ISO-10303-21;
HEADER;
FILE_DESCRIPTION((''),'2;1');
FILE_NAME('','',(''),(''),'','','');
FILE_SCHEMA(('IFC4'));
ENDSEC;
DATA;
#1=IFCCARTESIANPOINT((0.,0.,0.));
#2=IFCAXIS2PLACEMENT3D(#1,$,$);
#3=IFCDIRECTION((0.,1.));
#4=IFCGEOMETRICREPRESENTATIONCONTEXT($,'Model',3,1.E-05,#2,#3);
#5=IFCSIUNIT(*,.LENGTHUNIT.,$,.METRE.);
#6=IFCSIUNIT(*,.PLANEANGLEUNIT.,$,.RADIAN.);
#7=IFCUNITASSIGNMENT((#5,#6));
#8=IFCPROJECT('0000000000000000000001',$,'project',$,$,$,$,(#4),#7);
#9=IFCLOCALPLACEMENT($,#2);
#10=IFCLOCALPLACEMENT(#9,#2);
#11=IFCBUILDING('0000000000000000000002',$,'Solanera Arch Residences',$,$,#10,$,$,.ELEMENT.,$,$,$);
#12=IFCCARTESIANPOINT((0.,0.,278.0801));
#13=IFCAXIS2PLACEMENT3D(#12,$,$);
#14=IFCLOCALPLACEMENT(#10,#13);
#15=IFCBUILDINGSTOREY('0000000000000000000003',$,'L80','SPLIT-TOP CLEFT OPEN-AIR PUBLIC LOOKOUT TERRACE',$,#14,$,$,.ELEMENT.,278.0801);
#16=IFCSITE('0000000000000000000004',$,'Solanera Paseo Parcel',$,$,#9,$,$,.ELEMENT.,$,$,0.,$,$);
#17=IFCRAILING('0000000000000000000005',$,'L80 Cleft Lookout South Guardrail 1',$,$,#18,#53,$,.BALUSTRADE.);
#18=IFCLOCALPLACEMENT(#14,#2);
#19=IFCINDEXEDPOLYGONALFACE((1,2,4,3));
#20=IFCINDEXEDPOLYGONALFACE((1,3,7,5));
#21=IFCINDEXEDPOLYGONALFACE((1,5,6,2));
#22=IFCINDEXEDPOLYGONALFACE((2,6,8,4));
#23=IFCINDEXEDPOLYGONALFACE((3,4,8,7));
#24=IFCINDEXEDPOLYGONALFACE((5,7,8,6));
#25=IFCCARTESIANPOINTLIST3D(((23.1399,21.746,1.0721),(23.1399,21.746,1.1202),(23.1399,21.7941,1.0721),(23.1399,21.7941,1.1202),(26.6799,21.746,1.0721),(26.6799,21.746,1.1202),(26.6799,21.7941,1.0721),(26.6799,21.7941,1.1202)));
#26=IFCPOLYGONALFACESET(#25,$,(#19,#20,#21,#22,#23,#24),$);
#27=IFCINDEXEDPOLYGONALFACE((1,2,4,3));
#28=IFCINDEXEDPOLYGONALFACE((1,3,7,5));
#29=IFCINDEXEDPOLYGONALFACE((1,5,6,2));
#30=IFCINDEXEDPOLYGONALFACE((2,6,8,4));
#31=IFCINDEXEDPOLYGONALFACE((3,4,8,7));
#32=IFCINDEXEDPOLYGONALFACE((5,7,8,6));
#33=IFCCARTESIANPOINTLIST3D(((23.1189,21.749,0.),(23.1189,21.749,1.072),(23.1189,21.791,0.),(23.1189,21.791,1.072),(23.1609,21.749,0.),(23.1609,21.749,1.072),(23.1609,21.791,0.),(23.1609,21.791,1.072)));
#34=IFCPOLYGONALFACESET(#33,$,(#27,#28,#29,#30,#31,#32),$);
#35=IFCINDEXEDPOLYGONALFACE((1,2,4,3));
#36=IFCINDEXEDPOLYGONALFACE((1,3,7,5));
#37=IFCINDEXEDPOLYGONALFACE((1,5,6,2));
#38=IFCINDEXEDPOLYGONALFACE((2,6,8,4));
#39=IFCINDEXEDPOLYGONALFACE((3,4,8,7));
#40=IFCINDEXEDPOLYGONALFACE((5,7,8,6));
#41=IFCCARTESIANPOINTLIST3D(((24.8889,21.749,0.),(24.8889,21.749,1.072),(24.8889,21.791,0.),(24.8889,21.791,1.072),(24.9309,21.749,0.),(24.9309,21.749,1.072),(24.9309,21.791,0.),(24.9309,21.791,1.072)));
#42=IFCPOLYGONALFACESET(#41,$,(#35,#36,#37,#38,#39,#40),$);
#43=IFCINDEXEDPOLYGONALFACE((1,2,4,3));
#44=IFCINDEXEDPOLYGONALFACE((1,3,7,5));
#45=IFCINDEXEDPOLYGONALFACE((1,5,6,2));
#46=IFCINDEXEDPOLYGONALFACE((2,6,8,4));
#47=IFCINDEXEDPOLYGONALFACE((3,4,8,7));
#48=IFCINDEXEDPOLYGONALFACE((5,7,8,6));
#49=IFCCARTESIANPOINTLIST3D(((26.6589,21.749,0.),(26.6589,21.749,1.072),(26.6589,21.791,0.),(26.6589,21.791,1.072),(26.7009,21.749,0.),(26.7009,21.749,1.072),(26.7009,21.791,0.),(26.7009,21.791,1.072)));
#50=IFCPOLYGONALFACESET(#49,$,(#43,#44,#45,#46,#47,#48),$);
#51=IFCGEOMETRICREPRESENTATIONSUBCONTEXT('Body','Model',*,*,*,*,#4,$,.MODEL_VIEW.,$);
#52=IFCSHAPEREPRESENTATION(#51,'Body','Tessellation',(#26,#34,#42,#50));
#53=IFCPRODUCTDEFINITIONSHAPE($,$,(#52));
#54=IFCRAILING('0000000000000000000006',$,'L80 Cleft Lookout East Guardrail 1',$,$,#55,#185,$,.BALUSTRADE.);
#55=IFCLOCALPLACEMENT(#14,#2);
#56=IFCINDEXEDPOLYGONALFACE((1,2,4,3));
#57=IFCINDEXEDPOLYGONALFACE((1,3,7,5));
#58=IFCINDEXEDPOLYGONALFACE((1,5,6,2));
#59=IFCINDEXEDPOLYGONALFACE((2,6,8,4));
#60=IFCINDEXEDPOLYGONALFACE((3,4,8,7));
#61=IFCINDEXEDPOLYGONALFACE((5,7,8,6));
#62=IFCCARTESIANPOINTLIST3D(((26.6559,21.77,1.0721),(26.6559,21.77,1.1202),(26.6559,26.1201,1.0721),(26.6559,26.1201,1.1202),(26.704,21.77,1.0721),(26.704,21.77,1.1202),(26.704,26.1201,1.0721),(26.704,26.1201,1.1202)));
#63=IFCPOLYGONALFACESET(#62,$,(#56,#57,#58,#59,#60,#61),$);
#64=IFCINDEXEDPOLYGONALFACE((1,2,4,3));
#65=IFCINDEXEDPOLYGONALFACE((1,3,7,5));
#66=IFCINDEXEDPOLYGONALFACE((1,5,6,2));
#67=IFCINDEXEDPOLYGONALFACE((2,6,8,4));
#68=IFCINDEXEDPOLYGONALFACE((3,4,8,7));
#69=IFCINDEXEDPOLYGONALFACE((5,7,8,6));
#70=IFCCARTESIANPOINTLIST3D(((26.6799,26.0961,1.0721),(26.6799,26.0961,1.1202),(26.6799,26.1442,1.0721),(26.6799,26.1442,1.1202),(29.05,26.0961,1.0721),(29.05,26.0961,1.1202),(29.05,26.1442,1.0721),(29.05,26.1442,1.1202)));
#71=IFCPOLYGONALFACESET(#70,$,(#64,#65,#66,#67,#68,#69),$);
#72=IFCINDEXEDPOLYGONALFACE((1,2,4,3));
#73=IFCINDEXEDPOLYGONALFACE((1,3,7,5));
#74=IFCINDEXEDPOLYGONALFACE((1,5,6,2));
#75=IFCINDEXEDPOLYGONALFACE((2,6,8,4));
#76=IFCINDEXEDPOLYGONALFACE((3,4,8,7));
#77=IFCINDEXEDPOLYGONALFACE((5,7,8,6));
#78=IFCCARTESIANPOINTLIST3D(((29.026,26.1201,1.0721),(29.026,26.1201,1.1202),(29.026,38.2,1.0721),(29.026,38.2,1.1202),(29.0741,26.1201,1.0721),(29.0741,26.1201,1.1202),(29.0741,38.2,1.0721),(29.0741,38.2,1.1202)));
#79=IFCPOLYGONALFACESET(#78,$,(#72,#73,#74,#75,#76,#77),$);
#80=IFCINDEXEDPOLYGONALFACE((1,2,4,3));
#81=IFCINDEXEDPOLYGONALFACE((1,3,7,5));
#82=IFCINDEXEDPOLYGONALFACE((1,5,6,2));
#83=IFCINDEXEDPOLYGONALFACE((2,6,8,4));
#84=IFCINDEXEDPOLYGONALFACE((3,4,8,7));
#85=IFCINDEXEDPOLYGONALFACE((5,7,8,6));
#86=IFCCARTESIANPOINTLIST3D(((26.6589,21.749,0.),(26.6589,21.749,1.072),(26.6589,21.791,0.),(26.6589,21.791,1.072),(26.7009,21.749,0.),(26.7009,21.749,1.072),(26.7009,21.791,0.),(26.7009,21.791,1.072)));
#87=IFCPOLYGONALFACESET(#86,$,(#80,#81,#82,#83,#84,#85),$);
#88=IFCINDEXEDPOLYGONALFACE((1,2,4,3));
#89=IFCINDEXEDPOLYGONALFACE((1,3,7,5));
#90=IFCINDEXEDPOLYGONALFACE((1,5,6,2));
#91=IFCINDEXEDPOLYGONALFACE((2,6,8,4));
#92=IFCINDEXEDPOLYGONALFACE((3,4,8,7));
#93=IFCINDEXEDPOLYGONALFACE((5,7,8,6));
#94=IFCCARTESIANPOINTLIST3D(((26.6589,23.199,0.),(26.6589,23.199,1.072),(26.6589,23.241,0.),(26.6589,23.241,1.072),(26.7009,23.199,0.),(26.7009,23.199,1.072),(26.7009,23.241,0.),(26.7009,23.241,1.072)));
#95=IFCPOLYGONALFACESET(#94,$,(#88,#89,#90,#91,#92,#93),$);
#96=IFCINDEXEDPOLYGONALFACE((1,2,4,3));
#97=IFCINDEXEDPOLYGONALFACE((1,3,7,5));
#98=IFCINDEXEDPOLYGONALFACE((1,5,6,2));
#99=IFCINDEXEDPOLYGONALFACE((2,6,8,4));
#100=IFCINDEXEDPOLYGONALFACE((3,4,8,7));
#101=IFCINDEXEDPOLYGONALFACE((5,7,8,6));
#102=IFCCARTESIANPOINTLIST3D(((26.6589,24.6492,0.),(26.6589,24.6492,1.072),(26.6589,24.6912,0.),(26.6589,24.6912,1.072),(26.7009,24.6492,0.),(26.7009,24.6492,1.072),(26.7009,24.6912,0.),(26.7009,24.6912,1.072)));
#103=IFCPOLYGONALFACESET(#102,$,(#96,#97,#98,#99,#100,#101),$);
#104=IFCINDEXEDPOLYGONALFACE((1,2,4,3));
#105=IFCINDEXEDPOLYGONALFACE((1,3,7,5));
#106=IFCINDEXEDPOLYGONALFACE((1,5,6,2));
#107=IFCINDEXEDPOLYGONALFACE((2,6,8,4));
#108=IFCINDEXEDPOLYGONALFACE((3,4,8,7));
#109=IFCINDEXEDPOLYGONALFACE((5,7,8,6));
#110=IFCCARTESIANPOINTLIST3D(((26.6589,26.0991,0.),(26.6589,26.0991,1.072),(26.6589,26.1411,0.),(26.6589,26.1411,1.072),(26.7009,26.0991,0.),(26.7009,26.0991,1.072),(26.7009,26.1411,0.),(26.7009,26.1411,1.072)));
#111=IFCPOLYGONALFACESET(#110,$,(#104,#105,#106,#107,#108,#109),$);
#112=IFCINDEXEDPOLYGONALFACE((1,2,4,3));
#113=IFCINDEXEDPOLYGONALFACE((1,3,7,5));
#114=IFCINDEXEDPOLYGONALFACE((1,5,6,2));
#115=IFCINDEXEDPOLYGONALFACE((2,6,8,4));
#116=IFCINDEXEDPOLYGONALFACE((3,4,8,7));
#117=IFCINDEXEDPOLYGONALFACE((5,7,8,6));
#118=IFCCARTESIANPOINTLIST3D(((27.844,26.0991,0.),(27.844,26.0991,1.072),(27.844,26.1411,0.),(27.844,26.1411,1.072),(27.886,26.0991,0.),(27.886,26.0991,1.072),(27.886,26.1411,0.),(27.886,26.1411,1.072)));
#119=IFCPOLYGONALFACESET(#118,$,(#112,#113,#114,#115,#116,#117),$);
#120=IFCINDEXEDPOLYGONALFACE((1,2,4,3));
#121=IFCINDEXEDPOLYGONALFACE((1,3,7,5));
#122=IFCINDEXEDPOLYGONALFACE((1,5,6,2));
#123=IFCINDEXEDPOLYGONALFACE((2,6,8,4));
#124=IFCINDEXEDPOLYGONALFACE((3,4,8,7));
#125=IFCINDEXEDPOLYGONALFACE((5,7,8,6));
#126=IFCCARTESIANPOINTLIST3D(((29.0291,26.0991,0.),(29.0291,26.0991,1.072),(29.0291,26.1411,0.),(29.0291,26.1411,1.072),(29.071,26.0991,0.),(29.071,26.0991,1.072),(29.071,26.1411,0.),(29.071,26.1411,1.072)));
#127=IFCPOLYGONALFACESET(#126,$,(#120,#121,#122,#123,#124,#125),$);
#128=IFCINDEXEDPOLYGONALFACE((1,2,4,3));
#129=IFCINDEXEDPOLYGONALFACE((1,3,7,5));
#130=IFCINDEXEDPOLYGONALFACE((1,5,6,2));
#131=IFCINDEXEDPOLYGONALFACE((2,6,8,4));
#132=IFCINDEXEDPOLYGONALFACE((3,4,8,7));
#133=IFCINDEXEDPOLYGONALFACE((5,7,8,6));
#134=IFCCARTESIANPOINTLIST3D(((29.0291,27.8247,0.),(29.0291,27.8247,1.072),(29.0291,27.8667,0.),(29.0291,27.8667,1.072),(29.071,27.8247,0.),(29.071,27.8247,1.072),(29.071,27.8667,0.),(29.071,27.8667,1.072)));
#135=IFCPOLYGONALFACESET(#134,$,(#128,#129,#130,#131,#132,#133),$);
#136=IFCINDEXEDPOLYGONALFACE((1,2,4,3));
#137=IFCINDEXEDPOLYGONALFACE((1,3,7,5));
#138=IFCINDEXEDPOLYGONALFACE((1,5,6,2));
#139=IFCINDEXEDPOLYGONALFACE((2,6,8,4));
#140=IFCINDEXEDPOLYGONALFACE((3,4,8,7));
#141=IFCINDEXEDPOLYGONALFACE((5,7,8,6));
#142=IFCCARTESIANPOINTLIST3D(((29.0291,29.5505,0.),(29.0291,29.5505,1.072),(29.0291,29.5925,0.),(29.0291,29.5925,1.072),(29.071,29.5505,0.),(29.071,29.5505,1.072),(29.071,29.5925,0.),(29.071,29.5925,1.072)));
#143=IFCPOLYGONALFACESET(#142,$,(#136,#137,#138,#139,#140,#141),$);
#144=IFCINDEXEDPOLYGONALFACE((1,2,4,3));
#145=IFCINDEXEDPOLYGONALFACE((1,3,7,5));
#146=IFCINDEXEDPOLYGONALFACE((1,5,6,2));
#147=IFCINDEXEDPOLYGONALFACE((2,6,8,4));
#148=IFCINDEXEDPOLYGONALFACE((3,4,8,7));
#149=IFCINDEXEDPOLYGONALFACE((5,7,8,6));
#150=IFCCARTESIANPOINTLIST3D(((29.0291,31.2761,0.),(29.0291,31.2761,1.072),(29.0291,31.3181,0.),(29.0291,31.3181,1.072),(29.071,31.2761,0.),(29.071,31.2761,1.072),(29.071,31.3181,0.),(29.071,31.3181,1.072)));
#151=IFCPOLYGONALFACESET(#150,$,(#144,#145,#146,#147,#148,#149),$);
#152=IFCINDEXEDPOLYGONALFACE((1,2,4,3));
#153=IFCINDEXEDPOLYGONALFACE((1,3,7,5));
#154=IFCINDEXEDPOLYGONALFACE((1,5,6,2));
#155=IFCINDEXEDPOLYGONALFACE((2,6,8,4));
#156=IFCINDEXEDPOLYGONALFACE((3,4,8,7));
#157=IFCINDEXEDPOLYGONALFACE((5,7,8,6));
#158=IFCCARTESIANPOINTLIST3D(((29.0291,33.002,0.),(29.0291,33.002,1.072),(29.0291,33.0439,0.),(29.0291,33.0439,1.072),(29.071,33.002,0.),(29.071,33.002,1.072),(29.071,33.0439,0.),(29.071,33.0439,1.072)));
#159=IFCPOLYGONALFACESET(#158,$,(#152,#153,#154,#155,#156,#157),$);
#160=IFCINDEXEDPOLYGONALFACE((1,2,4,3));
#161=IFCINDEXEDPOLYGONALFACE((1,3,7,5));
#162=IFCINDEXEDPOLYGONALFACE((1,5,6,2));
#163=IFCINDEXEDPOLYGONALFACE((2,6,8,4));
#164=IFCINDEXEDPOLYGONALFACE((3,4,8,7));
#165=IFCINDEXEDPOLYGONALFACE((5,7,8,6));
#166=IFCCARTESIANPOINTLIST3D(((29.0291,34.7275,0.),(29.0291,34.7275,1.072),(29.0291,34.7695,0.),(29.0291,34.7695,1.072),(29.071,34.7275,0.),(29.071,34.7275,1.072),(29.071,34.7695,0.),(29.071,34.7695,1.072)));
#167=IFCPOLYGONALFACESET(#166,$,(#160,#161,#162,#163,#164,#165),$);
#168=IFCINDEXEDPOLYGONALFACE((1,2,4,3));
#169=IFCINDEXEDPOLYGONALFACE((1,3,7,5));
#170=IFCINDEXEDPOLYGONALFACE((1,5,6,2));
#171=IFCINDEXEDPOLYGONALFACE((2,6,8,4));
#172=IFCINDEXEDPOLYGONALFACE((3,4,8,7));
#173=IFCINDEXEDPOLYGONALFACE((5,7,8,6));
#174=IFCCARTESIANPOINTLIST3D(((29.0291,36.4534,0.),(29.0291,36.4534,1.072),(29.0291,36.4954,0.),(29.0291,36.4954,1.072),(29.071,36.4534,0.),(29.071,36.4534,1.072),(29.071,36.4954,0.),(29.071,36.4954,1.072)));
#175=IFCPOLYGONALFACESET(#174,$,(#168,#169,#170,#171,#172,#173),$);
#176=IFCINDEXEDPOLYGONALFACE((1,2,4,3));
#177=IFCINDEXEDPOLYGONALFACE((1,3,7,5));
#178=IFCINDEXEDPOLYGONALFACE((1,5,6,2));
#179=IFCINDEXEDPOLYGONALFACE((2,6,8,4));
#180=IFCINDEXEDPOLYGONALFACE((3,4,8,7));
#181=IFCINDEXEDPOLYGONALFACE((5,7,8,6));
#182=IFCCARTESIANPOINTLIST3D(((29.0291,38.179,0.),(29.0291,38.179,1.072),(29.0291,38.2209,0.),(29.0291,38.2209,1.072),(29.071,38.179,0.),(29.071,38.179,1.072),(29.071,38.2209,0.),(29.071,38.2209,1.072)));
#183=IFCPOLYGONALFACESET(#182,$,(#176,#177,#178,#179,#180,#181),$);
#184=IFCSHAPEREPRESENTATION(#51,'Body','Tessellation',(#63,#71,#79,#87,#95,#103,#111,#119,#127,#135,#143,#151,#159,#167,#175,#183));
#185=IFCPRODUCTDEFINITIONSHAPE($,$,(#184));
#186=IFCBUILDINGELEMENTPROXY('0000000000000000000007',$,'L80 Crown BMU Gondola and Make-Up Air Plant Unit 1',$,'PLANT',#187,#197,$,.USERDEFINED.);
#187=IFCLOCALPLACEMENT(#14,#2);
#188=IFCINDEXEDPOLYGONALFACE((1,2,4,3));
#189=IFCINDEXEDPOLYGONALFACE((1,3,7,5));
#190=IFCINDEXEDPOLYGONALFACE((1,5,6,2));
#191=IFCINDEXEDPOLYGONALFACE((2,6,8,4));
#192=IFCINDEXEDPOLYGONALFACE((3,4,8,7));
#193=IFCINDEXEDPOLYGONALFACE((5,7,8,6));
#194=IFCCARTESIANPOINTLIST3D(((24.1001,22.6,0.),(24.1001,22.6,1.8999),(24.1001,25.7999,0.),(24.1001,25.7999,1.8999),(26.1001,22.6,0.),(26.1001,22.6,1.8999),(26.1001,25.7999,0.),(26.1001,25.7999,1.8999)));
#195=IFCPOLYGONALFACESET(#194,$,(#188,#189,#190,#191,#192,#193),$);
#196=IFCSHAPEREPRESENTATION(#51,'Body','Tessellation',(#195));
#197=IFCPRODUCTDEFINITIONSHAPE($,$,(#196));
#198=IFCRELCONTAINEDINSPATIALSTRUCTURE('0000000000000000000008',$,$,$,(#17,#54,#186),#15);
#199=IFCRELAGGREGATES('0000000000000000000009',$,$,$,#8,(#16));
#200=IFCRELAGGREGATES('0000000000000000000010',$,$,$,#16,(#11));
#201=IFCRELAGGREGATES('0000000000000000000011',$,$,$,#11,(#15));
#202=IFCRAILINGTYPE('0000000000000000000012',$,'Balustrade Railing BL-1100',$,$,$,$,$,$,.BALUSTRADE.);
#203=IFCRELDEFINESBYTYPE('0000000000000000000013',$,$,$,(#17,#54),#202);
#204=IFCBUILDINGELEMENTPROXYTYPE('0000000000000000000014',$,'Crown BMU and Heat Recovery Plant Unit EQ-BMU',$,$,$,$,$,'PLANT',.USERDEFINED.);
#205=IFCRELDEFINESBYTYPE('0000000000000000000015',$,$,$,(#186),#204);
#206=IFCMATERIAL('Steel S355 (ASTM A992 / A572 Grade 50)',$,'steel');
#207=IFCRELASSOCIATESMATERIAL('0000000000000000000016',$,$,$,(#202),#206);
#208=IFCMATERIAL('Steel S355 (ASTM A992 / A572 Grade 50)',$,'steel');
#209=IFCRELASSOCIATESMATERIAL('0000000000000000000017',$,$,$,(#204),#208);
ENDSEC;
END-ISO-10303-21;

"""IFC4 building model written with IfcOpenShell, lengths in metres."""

from ifc_helpers import new_model, si_unit, direction, frame, origin, origin_2d, place, context, subcontext, project, spatial, rectangle, extrude, material, type_object, element, save


model = new_model("IFC4")

# Units and contexts
model_context = context("Model", 3, precision=1e-05, world=origin(), true_north=direction((0.0, 1.0)))
body_context = subcontext(model_context, "Body", "Model", "MODEL_VIEW")
ifc_project = project(units=[si_unit("LENGTHUNIT", "METRE"), si_unit("PLANEANGLEUNIT", "RADIAN")], contexts=[model_context])

# Site, building, storey
site_placement = place(None, origin())
site = spatial("IfcSite", under=ifc_project, at=site_placement, Name="Solanera Paseo Parcel", CompositionType="ELEMENT", RefElevation=0.0)
building_placement = place(site_placement, origin())
building = spatial("IfcBuilding", under=site, at=building_placement, Name="Solanera Arch Residences", CompositionType="ELEMENT")
storey_placement = place(building_placement, frame((0.0, 0.0, 278.0801)))
storey = spatial("IfcBuildingStorey", under=building, at=storey_placement, Name="L80", Description="SPLIT-TOP CLEFT OPEN-AIR PUBLIC LOOKOUT TERRACE", CompositionType="ELEMENT", Elevation=278.0801)

# Railings
ifc_material_1 = material(Name="Steel S355 (ASTM A992 / A572 Grade 50)", Category="steel")
railing_type = type_object("IfcRailingType", Name="Balustrade Railing BL-1100", PredefinedType="BALUSTRADE", material=ifc_material_1)
railing_1_placement = place(storey_placement, frame((23.1399, 21.77, 0.0)))
element("IfcRailing", 1, at=railing_1_placement, inside=storey, type_object=railing_type, Name="L80 Cleft Lookout South Guardrail 1", PredefinedType="BALUSTRADE", context=body_context, shape_type="SweptSolid", body=[
    extrude(rectangle(XDim=0.0481, YDim=0.0481, at=origin_2d()), frame((0.0, 0.0, 1.0962), z_axis=(1.0, 0.0, 0.0), x_axis=(0.0, 1.0, 0.0)), (0.0, 0.0, 1.0), 3.54),
    extrude(rectangle(XDim=0.042, YDim=0.042, at=origin_2d()), origin(), (0.0, 0.0, 1.0), 1.072),
    extrude(rectangle(XDim=0.042, YDim=0.042, at=origin_2d()), frame((1.77, 0.0, 0.0)), (0.0, 0.0, 1.0), 1.072),
    extrude(rectangle(XDim=0.042, YDim=0.042, at=origin_2d()), frame((3.54, 0.0, 0.0)), (0.0, 0.0, 1.0), 1.072),
])
railing_2_placement = place(storey_placement, frame((26.6799, 21.77, 0.0)))
element("IfcRailing", 2, at=railing_2_placement, inside=storey, type_object=railing_type, Name="L80 Cleft Lookout East Guardrail 1", PredefinedType="BALUSTRADE", context=body_context, shape_type="SweptSolid", body=[
    extrude(rectangle(XDim=0.0481, YDim=0.0481, at=origin_2d()), frame((0.0, 0.0, 1.0962), z_axis=(0.0, 1.0, 0.0), x_axis=(-1.0, 0.0, 0.0)), (0.0, 0.0, 1.0), 4.3501),
    extrude(rectangle(XDim=0.0481, YDim=0.0481, at=origin_2d()), frame((0.0, 4.3501, 1.0962), z_axis=(1.0, 0.0, 0.0), x_axis=(0.0, 1.0, 0.0)), (0.0, 0.0, 1.0), 2.3701),
    extrude(rectangle(XDim=0.0481, YDim=0.0481, at=origin_2d()), frame((2.3701, 4.3501, 1.0962), z_axis=(0.0, 1.0, 0.0), x_axis=(-1.0, 0.0, 0.0)), (0.0, 0.0, 1.0), 12.0798),
    extrude(rectangle(XDim=0.042, YDim=0.042, at=origin_2d()), origin(), (0.0, 0.0, 1.0), 1.072),
    extrude(rectangle(XDim=0.042, YDim=0.042, at=origin_2d()), frame((0.0, 1.45, 0.0)), (0.0, 0.0, 1.0), 1.072),
    extrude(rectangle(XDim=0.042, YDim=0.042, at=origin_2d()), frame((0.0, 2.9001, 0.0)), (0.0, 0.0, 1.0), 1.072),
    extrude(rectangle(XDim=0.042, YDim=0.042, at=origin_2d()), frame((0.0, 4.3501, 0.0)), (0.0, 0.0, 1.0), 1.072),
    extrude(rectangle(XDim=0.042, YDim=0.042, at=origin_2d()), frame((1.1851, 4.3501, 0.0)), (0.0, 0.0, 1.0), 1.072),
    extrude(rectangle(XDim=0.042, YDim=0.042, at=origin_2d()), frame((2.3701, 4.3501, 0.0)), (0.0, 0.0, 1.0), 1.072),
    extrude(rectangle(XDim=0.042, YDim=0.042, at=origin_2d()), frame((2.3701, 6.0757, 0.0)), (0.0, 0.0, 1.0), 1.072),
    extrude(rectangle(XDim=0.042, YDim=0.042, at=origin_2d()), frame((2.3701, 7.8015, 0.0)), (0.0, 0.0, 1.0), 1.072),
    extrude(rectangle(XDim=0.042, YDim=0.042, at=origin_2d()), frame((2.3701, 9.5271, 0.0)), (0.0, 0.0, 1.0), 1.072),
    extrude(rectangle(XDim=0.042, YDim=0.042, at=origin_2d()), frame((2.3701, 11.2529, 0.0)), (0.0, 0.0, 1.0), 1.072),
    extrude(rectangle(XDim=0.042, YDim=0.042, at=origin_2d()), frame((2.3701, 12.9785, 0.0)), (0.0, 0.0, 1.0), 1.072),
    extrude(rectangle(XDim=0.042, YDim=0.042, at=origin_2d()), frame((2.3701, 14.7043, 0.0)), (0.0, 0.0, 1.0), 1.072),
    extrude(rectangle(XDim=0.042, YDim=0.042, at=origin_2d()), frame((2.3701, 16.4299, 0.0)), (0.0, 0.0, 1.0), 1.072),
])

# Building element proxy
ifc_material_2 = material(Name="Steel S355 (ASTM A992 / A572 Grade 50)", Category="steel")
building_element_proxy_type = type_object("IfcBuildingElementProxyType", Name="Crown BMU and Heat Recovery Plant Unit EQ-BMU", ElementType="PLANT", PredefinedType="USERDEFINED", material=ifc_material_2)
proxy_placement = place(storey_placement, frame((25.1001, 24.2, 0.0), z_axis=(0.0, 0.0, 1.0), x_axis=(1.0, 0.0, 0.0)))
element("IfcBuildingElementProxy", 3, at=proxy_placement, inside=storey, type_object=building_element_proxy_type, Name="L80 Crown BMU Gondola and Make-Up Air Plant Unit 1", ObjectType="PLANT", PredefinedType="USERDEFINED", context=body_context, shape_type="SweptSolid", body=[
    extrude(rectangle(XDim=2.0, YDim=3.2, at=origin_2d()), origin(), (0.0, 0.0, 1.0), 1.8999),
])

save(model, "model.ifc")
